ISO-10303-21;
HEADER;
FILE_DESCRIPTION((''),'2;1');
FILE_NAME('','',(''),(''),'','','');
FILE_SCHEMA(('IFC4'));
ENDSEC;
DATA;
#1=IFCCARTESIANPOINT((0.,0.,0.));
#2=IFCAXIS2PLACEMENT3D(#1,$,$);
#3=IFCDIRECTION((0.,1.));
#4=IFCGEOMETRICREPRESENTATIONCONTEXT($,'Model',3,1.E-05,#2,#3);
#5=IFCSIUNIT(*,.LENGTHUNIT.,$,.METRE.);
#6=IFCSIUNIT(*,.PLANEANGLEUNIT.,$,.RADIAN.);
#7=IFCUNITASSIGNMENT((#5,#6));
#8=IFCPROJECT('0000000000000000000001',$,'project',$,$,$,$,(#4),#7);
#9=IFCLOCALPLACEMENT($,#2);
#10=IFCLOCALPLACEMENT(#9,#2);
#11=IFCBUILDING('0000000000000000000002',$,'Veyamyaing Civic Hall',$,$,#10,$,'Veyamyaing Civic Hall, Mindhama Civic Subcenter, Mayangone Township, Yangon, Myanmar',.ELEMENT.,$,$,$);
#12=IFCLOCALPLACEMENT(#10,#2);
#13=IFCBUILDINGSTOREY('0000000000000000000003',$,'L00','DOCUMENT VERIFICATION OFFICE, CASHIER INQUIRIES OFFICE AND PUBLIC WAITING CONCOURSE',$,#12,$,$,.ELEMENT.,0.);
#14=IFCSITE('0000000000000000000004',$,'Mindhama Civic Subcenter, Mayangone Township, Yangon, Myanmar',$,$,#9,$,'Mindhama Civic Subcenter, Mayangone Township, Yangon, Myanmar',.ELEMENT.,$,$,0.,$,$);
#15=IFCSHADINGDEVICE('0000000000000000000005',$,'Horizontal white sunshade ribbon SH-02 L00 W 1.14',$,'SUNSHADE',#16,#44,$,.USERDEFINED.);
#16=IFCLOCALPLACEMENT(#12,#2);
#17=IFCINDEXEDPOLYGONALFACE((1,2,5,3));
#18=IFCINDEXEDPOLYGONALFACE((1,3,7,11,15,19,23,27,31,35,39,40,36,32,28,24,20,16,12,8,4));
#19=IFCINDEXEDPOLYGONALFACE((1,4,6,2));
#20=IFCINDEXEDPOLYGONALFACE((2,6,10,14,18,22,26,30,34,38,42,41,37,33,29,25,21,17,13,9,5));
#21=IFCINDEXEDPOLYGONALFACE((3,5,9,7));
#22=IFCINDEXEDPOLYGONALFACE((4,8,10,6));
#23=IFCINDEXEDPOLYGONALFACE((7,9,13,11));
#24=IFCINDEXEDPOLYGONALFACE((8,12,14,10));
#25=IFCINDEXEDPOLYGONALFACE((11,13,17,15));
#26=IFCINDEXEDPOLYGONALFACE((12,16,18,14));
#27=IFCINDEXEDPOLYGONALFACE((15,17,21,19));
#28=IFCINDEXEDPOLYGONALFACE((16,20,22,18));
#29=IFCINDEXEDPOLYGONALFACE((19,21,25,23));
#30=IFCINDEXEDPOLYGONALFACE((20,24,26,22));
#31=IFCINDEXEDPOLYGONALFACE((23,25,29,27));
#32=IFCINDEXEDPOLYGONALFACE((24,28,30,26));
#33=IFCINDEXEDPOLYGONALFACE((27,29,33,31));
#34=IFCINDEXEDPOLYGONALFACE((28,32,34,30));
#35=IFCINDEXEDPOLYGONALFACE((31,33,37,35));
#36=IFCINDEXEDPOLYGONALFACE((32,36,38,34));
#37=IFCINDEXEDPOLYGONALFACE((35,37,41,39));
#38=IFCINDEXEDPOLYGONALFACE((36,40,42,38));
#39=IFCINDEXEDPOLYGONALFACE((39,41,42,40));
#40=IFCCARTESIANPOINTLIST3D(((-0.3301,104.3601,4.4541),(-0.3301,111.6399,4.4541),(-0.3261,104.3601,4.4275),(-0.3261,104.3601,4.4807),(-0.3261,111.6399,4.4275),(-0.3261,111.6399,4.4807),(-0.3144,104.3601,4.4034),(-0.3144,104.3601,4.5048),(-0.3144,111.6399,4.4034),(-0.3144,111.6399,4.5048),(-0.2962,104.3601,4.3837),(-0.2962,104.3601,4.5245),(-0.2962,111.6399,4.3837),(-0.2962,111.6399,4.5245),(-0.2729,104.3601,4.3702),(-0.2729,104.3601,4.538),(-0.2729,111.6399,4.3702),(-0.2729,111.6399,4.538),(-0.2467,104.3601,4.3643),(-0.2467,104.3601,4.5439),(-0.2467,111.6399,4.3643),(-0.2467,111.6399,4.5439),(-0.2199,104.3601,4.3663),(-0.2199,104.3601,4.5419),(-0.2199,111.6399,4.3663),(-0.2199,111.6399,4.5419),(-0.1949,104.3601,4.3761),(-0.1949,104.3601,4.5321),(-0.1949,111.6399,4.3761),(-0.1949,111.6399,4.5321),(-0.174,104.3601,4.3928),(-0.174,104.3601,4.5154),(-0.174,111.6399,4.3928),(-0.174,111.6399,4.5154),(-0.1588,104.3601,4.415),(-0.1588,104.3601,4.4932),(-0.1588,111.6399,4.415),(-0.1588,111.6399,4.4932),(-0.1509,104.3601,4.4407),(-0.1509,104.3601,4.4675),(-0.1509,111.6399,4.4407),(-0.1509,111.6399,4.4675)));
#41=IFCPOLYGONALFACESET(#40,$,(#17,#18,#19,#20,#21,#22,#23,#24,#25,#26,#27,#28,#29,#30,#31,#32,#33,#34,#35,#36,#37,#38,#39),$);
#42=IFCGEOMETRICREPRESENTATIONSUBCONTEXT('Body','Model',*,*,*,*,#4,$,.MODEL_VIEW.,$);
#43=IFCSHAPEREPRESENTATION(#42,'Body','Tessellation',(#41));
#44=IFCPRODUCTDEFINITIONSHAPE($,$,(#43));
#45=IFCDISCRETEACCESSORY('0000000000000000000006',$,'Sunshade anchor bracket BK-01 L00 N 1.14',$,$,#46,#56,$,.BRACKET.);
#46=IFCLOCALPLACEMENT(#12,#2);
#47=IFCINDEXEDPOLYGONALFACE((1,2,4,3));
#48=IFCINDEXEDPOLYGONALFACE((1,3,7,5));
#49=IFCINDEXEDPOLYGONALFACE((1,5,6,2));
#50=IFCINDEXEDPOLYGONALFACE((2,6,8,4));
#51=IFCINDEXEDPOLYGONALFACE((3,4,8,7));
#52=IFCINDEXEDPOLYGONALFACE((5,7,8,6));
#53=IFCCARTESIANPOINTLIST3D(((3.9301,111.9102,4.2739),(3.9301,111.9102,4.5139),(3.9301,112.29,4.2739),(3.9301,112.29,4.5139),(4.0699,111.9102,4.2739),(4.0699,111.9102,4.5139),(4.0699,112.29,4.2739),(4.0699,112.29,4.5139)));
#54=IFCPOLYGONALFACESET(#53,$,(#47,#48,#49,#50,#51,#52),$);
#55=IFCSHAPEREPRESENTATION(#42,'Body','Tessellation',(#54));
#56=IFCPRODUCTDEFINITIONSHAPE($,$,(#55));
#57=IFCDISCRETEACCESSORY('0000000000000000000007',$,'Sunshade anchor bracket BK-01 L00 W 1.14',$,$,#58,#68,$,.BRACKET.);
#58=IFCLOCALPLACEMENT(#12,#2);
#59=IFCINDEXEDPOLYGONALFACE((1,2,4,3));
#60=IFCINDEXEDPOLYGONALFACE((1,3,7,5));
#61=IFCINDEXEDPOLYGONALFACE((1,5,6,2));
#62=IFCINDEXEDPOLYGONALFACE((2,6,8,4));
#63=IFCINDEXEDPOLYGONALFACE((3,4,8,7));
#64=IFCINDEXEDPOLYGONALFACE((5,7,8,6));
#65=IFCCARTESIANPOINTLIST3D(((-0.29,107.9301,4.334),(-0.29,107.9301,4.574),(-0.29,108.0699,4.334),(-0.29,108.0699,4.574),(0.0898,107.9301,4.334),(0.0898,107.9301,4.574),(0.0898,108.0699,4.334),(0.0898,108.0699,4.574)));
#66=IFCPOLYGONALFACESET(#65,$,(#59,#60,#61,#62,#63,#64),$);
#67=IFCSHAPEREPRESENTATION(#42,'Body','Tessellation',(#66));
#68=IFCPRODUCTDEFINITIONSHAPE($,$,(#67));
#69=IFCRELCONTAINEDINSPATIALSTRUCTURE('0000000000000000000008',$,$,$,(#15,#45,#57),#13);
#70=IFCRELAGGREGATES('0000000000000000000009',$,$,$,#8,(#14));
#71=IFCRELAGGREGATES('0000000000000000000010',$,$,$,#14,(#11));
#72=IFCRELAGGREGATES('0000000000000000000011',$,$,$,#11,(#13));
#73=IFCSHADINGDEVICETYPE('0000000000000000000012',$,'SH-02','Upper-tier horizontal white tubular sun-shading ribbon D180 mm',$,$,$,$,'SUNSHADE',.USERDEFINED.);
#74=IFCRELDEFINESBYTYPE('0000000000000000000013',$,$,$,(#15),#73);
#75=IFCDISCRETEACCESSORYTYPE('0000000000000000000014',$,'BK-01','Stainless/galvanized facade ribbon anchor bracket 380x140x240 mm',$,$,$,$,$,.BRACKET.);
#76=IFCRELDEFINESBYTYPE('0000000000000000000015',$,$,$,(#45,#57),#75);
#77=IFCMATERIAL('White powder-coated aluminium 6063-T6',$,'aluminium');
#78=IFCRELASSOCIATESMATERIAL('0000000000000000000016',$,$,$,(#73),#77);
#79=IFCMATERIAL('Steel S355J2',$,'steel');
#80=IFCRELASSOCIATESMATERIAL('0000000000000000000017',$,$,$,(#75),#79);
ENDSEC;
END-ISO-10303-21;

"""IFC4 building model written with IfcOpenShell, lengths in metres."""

from ifc_helpers import new_model, si_unit, direction, frame, origin, origin_2d, place, context, subcontext, project, spatial, rectangle, circle, extrude, material, material_profile, profile_set, type_object, element, save


model = new_model("IFC4")

# Units and contexts
model_context = context("Model", 3, precision=1e-05, world=origin(), true_north=direction((0.0, 1.0)))
body_context = subcontext(model_context, "Body", "Model", "MODEL_VIEW")
ifc_project = project(units=[si_unit("LENGTHUNIT", "METRE"), si_unit("PLANEANGLEUNIT", "RADIAN")], contexts=[model_context])

# Site, building, storey
site_placement = place(None, origin())
site = spatial("IfcSite", under=ifc_project, at=site_placement, Name="Mindhama Civic Subcenter, Mayangone Township, Yangon, Myanmar", LongName="Mindhama Civic Subcenter, Mayangone Township, Yangon, Myanmar", CompositionType="ELEMENT", RefElevation=0.0)
building_placement = place(site_placement, origin())
building = spatial("IfcBuilding", under=site, at=building_placement, Name="Veyamyaing Civic Hall", LongName="Veyamyaing Civic Hall, Mindhama Civic Subcenter, Mayangone Township, Yangon, Myanmar", CompositionType="ELEMENT")
storey_placement = place(building_placement, origin())
storey = spatial("IfcBuildingStorey", under=building, at=storey_placement, Name="L00", Description="DOCUMENT VERIFICATION OFFICE, CASHIER INQUIRIES OFFICE AND PUBLIC WAITING CONCOURSE", CompositionType="ELEMENT", Elevation=0.0)

# Shared definitions
ifc_material_1 = material(Name="White powder-coated aluminium 6063-T6", Category="aluminium")

# Shading device
ifc_material_profile_1 = material_profile(ifc_material_1, circle(Radius=0.0901, at=origin_2d()), Name="SHADE-TUBE-180")
ifc_profile_set_1 = profile_set([ifc_material_profile_1], Name="White powder-coated aluminium 6063-T6")
shading_device_type = type_object("IfcShadingDeviceType", Name="SH-02", Description="Upper-tier horizontal white tubular sun-shading ribbon D180 mm", ElementType="SUNSHADE", PredefinedType="USERDEFINED", material=ifc_profile_set_1)
for number, where, z_axis, x_axis, name in (
    (1, (-0.24, 104.3601, 4.4541), (0.0, 1.0, 0.0), (-1.0, 0.0, 0.0), "Horizontal white sunshade ribbon SH-02 L00 W 1.14"),
):
    element("IfcShadingDevice", number, at=place(storey_placement, frame(where, z_axis=z_axis, x_axis=x_axis)), inside=storey, type_object=shading_device_type, Name=name, ObjectType="SUNSHADE", PredefinedType="USERDEFINED", context=body_context, shape_type="SweptSolid", body=[
        extrude(circle(Radius=0.0901, at=origin_2d()), origin(), (0.0, 0.0, 1.0), 7.2798),
    ])

# Discrete accessories
ifc_material_2 = material(Name="Steel S355J2", Category="steel")
discrete_accessory_type = type_object("IfcDiscreteAccessoryType", Name="BK-01", Description="Stainless/galvanized facade ribbon anchor bracket 380x140x240 mm", PredefinedType="BRACKET", material=ifc_material_2)
for number, where, z_axis, x_axis, name in (
    (2, (4.0, 112.1001, 4.2739), (0.0, 0.0, 1.0), (0.0, 1.0, 0.0), "Sunshade anchor bracket BK-01 L00 N 1.14"),
    (3, (-0.1001, 108.0, 4.334), (0.0, 0.0, 1.0), (-1.0, 0.0, 0.0), "Sunshade anchor bracket BK-01 L00 W 1.14"),
):
    element("IfcDiscreteAccessory", number, at=place(storey_placement, frame(where, z_axis=z_axis, x_axis=x_axis)), inside=storey, type_object=discrete_accessory_type, Name=name, PredefinedType="BRACKET", context=body_context, shape_type="SweptSolid", body=[
        extrude(rectangle(XDim=0.3799, YDim=0.1399, at=origin_2d()), origin(), (0.0, 0.0, 1.0), 0.24),
    ])

save(model, "model.ifc")
